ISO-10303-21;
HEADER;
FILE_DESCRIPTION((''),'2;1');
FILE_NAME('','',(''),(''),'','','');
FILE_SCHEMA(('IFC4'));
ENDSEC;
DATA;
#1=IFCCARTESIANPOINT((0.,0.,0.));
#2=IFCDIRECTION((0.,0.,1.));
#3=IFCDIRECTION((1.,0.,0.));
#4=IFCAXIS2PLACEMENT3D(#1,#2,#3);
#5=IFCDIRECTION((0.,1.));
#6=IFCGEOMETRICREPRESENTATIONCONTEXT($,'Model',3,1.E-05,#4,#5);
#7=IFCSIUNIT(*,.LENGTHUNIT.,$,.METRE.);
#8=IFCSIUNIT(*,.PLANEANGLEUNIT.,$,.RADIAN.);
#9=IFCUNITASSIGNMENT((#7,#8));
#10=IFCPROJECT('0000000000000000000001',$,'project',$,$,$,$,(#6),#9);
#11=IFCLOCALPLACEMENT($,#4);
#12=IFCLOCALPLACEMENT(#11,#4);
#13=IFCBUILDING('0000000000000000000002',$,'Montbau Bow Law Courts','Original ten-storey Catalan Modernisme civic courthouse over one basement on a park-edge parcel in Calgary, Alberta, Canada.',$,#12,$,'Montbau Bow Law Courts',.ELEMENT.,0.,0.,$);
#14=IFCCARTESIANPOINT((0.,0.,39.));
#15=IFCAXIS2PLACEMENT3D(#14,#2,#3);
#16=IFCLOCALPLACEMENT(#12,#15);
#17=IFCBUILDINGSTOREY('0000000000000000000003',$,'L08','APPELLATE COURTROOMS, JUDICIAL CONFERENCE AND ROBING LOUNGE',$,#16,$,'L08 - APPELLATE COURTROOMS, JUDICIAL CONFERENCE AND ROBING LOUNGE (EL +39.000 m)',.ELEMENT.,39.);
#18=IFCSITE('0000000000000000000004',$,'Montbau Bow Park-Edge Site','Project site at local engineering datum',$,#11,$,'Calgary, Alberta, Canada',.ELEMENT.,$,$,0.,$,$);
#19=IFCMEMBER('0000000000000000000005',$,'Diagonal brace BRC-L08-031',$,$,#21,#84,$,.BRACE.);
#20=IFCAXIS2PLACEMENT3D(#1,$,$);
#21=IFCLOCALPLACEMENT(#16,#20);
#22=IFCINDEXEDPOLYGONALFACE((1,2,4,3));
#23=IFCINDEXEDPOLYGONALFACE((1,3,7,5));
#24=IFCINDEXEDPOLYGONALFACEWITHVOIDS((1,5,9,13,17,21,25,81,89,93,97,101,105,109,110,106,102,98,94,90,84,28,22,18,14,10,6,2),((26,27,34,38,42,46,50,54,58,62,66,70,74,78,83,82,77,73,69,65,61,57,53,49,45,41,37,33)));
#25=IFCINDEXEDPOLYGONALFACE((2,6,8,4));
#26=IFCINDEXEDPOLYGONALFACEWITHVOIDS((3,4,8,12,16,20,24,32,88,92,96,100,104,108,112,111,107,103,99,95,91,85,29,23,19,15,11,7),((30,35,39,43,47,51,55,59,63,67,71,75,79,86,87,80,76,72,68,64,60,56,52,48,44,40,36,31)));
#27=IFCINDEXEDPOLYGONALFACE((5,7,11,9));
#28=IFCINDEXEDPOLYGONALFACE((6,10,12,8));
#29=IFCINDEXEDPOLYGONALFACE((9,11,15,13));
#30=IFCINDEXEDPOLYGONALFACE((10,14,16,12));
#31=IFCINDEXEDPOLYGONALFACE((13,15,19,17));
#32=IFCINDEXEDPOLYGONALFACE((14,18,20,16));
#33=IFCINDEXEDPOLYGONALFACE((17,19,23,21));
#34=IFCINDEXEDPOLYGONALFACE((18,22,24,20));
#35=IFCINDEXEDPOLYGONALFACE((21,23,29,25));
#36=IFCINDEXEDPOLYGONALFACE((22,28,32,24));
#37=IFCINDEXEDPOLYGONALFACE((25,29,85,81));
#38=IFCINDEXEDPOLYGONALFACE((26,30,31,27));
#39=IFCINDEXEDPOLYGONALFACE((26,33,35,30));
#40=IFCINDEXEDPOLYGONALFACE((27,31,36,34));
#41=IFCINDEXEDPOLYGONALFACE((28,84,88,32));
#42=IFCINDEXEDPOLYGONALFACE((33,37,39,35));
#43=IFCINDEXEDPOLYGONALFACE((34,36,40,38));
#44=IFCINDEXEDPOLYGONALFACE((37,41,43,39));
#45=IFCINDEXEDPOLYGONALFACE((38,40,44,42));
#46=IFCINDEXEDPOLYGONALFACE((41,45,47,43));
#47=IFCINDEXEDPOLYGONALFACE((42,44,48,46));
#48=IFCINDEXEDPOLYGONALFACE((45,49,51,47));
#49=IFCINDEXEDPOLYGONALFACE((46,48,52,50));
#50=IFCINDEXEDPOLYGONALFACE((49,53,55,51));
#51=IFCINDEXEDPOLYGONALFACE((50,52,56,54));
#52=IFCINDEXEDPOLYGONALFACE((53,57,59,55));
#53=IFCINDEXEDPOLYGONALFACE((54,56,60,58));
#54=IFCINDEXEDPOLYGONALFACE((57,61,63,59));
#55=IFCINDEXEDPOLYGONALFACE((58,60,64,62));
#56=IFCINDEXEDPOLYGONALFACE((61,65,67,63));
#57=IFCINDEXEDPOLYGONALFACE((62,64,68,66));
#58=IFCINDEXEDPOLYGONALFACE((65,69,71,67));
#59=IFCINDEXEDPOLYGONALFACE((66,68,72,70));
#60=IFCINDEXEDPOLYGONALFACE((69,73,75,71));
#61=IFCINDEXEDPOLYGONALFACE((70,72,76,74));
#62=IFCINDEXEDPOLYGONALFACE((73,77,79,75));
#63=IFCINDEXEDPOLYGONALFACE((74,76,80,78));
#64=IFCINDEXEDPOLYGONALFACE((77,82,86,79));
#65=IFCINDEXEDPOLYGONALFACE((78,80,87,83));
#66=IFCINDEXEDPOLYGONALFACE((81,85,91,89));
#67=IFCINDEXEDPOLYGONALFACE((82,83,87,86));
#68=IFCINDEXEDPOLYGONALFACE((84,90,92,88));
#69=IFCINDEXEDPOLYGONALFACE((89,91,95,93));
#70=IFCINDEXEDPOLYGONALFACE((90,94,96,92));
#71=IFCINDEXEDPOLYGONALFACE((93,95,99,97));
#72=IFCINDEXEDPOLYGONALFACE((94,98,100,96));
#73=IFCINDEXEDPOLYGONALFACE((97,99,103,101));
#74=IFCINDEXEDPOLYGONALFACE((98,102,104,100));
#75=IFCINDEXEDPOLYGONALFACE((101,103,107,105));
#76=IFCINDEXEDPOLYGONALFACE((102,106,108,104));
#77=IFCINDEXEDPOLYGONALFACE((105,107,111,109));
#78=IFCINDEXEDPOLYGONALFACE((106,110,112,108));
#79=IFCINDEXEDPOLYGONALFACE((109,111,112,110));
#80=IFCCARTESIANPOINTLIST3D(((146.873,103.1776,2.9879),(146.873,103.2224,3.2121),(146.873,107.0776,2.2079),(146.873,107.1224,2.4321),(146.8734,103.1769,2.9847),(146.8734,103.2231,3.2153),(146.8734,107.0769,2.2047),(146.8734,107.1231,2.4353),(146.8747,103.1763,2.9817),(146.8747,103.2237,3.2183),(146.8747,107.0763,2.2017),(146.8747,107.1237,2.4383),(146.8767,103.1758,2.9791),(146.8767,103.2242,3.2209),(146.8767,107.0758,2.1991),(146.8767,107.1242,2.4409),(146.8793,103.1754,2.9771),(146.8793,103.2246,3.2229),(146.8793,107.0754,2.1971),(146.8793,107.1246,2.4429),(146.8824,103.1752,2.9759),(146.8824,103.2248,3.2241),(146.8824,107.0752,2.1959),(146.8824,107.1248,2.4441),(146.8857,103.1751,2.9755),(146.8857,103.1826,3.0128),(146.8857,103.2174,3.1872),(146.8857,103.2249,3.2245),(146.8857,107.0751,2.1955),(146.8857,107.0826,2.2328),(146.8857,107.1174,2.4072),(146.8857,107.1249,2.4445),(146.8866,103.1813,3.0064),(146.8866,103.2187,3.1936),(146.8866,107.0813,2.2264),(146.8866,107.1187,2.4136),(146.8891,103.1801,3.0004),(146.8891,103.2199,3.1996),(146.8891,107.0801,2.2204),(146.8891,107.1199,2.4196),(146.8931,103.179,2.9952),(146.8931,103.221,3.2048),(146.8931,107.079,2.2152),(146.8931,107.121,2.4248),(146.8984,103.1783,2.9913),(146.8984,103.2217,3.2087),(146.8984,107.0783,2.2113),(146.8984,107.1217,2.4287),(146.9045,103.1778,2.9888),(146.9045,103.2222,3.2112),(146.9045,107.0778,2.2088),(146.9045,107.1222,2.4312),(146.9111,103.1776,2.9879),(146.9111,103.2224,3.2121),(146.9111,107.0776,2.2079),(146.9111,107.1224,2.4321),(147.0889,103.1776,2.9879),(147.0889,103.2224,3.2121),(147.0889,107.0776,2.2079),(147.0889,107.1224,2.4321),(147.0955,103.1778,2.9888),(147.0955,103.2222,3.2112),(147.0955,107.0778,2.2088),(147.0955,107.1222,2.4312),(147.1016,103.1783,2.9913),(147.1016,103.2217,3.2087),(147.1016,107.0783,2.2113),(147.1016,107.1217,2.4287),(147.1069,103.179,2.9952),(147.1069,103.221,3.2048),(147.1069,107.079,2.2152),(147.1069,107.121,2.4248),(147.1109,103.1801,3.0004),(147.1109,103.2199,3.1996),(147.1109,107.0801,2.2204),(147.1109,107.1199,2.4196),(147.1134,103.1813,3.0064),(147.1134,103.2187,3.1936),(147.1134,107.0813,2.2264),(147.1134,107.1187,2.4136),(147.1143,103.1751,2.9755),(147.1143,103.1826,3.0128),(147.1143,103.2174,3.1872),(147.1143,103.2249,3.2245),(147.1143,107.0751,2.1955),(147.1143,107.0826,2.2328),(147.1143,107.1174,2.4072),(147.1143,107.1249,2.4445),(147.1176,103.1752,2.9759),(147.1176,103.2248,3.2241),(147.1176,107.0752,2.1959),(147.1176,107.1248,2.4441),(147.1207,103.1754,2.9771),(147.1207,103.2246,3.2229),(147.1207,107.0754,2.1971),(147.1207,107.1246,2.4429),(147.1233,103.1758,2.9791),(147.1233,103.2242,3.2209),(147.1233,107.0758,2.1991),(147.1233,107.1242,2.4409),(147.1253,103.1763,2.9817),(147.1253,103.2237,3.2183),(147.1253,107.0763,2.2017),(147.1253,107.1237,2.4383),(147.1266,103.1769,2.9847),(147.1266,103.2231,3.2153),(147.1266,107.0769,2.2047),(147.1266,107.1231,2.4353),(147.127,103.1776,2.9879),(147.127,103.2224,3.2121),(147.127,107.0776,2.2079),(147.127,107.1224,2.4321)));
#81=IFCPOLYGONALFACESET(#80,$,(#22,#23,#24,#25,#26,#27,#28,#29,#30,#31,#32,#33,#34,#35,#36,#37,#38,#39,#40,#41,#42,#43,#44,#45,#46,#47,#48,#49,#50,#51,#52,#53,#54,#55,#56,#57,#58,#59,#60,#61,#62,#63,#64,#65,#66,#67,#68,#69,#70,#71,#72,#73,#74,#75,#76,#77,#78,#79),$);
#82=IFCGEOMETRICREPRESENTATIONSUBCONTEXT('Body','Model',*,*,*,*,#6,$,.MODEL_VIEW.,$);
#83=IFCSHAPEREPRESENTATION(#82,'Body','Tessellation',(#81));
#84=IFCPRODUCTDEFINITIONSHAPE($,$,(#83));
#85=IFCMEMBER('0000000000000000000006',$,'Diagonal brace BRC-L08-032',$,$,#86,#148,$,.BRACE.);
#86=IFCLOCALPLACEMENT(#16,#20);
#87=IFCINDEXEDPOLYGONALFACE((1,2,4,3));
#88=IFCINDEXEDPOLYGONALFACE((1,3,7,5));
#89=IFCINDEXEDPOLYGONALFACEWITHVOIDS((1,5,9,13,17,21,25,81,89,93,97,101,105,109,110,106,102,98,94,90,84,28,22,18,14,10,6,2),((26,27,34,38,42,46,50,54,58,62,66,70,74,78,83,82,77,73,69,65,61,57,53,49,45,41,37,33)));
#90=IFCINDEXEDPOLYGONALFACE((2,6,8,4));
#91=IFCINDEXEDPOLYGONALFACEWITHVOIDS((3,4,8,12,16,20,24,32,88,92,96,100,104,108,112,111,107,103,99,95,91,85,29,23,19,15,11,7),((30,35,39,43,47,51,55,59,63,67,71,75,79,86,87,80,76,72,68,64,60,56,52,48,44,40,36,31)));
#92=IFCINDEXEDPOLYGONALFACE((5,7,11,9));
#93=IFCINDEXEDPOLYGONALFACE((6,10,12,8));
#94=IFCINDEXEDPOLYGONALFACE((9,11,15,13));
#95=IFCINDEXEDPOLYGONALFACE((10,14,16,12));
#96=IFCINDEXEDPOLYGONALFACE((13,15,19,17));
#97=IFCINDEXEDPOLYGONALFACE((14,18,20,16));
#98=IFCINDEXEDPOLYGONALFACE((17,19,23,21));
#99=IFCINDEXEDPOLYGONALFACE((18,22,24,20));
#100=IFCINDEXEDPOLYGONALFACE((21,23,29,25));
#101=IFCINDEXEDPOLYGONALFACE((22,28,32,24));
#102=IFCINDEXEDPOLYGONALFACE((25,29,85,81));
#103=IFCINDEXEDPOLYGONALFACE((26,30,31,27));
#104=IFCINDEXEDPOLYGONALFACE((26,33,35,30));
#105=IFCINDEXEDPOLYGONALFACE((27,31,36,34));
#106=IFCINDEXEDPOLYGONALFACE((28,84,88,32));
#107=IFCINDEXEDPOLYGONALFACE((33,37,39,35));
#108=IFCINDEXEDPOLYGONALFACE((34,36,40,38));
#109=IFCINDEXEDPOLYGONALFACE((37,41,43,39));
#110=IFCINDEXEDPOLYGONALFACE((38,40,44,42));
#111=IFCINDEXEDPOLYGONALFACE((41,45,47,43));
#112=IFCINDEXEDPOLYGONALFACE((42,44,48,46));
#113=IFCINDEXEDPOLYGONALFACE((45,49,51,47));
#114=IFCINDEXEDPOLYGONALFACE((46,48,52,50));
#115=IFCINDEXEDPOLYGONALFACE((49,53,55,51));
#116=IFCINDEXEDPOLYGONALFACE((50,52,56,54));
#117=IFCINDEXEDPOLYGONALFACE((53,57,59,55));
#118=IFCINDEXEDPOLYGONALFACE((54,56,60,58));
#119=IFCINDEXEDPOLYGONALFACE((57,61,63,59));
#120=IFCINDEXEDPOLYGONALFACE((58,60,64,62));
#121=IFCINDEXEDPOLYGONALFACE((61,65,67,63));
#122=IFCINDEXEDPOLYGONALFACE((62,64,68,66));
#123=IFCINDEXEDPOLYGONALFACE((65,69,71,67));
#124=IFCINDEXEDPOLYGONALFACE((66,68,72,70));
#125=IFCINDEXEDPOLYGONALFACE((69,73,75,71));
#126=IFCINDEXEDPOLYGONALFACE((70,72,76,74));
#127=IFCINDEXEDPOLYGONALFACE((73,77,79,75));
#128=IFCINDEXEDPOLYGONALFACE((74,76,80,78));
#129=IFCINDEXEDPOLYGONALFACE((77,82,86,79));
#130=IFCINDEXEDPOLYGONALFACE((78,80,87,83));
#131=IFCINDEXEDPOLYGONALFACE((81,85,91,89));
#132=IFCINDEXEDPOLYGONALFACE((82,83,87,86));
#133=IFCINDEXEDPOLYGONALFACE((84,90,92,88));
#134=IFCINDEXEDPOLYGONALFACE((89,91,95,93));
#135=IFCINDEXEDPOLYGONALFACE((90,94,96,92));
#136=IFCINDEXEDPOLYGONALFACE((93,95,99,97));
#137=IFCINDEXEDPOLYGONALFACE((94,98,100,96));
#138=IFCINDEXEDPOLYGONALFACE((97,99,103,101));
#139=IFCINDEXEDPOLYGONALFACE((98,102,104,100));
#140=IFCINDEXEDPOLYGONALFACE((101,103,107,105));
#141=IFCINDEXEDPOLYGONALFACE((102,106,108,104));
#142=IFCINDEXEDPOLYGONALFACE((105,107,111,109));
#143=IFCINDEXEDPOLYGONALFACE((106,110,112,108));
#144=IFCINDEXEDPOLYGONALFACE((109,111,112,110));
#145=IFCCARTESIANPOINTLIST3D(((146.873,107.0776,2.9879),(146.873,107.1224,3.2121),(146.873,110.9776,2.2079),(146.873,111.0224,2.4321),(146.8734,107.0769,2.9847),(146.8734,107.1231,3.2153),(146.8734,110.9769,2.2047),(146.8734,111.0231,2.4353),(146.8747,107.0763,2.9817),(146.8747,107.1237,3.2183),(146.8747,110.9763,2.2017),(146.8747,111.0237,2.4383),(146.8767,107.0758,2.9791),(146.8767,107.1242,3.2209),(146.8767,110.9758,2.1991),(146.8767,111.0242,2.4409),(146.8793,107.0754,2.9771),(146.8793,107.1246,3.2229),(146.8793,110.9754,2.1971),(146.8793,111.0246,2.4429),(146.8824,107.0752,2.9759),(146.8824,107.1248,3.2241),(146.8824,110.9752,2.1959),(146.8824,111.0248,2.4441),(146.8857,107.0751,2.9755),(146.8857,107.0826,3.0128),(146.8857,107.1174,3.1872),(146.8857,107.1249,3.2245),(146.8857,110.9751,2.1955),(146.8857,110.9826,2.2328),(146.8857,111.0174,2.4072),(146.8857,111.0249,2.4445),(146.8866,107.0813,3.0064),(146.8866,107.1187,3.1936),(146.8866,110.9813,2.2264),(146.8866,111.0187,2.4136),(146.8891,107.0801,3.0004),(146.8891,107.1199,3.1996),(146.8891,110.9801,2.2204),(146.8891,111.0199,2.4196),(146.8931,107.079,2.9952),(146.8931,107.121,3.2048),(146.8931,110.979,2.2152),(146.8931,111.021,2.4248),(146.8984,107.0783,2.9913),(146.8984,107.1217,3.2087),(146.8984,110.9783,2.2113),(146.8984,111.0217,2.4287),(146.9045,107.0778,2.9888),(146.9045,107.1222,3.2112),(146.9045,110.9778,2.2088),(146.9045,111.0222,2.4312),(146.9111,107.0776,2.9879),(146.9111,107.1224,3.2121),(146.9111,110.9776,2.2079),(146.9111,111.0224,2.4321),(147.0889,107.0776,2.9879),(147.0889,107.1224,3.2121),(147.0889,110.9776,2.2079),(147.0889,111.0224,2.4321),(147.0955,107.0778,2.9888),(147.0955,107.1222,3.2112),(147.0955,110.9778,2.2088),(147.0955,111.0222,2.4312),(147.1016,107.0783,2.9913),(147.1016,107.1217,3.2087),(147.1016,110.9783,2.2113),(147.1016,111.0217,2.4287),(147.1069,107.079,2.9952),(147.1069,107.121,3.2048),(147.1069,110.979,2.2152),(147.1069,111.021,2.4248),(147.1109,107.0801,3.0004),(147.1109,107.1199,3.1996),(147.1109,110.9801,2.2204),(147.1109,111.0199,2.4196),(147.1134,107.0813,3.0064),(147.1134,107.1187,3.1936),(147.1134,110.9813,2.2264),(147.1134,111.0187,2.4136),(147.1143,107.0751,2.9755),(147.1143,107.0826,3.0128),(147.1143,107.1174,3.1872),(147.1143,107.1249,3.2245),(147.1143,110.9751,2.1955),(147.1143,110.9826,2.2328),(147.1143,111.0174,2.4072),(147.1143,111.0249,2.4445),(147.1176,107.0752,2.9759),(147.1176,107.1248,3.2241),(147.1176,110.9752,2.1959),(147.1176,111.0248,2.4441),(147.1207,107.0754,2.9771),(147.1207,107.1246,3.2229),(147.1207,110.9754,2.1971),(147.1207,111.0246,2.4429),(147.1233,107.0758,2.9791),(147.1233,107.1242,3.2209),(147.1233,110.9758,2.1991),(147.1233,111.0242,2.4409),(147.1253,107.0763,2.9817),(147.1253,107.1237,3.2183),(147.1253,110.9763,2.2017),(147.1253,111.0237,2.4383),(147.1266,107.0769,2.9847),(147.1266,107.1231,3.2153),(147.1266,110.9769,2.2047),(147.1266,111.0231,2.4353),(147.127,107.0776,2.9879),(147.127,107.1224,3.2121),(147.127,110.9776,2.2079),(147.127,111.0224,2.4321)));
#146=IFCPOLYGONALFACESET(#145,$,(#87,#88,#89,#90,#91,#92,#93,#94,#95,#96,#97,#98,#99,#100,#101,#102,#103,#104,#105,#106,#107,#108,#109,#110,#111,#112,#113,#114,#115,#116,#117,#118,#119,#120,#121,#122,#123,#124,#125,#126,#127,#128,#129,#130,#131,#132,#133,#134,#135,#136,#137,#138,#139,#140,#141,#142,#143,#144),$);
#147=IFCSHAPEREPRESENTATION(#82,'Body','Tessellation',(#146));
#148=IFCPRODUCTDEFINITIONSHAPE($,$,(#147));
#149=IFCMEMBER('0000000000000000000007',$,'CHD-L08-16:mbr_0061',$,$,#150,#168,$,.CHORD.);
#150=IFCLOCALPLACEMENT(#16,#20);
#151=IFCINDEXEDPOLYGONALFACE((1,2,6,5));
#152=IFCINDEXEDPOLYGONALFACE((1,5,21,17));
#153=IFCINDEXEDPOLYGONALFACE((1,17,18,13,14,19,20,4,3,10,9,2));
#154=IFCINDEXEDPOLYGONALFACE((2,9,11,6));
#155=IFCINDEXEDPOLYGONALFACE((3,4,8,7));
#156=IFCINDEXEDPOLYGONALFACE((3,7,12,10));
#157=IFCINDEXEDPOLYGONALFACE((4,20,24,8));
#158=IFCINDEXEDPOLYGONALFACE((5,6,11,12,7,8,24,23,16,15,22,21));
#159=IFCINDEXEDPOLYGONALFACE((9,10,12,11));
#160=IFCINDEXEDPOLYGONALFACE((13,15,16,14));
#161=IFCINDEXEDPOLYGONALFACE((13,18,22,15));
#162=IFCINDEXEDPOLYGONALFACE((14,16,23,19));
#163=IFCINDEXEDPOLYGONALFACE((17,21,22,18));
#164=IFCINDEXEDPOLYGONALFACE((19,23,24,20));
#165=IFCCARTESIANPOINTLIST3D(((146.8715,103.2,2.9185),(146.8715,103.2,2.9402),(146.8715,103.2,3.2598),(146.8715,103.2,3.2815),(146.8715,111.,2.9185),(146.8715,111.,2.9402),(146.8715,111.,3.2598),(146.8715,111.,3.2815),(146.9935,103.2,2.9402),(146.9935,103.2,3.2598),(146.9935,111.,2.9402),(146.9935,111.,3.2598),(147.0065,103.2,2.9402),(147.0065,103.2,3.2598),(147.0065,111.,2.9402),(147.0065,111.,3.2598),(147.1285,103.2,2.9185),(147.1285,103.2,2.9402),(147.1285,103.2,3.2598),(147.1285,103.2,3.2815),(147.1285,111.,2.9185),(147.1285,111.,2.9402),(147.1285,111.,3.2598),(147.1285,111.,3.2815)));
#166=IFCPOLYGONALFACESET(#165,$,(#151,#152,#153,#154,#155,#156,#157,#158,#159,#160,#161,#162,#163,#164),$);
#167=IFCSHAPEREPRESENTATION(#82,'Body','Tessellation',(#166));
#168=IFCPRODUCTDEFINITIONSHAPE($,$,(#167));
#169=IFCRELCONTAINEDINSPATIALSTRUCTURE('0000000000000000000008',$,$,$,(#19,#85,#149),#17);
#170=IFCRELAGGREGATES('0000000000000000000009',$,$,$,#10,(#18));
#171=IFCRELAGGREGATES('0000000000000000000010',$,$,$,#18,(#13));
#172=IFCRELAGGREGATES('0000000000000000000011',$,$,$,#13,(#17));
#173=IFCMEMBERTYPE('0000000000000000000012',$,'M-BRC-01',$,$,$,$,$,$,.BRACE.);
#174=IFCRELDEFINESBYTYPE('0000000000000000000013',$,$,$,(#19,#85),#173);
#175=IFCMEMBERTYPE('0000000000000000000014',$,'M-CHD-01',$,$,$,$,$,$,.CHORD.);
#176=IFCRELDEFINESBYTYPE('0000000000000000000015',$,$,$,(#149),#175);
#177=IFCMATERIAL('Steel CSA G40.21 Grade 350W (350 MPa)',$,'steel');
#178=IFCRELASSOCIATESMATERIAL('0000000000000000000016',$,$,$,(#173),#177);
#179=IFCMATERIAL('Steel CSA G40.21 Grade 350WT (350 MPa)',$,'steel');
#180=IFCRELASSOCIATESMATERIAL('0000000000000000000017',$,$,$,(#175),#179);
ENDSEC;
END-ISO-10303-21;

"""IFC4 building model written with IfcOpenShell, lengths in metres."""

from ifc_helpers import new_model, si_unit, direction, frame, origin_with_axes, origin_2d_with_axis, place, context, subcontext, project, spatial, hollow_rectangle, i_section, extrude, material, material_profile, profile_set, type_object, element, save


model = new_model("IFC4")

# Units and contexts
model_context = context("Model", 3, precision=1e-05, world=origin_with_axes(), true_north=direction((0.0, 1.0)))
body_context = subcontext(model_context, "Body", "Model", "MODEL_VIEW")
ifc_project = project(units=[si_unit("LENGTHUNIT", "METRE"), si_unit("PLANEANGLEUNIT", "RADIAN")], contexts=[model_context])

# Site, building, storey
site_placement = place(None, origin_with_axes())
site = spatial("IfcSite", under=ifc_project, at=site_placement, Name="Montbau Bow Park-Edge Site", Description="Project site at local engineering datum", LongName="Calgary, Alberta, Canada", CompositionType="ELEMENT", RefElevation=0.0)
building_placement = place(site_placement, origin_with_axes())
building = spatial("IfcBuilding", under=site, at=building_placement, Name="Montbau Bow Law Courts", Description="Original ten-storey Catalan Modernisme civic courthouse over one basement on a park-edge parcel in Calgary, Alberta, Canada.", LongName="Montbau Bow Law Courts", CompositionType="ELEMENT", ElevationOfRefHeight=0.0, ElevationOfTerrain=0.0)
storey_placement = place(building_placement, frame((0.0, 0.0, 39.0), z_axis=(0.0, 0.0, 1.0), x_axis=(1.0, 0.0, 0.0)))
storey = spatial("IfcBuildingStorey", under=building, at=storey_placement, Name="L08", Description="APPELLATE COURTROOMS, JUDICIAL CONFERENCE AND ROBING LOUNGE", LongName="L08 - APPELLATE COURTROOMS, JUDICIAL CONFERENCE AND ROBING LOUNGE (EL +39.000 m)", CompositionType="ELEMENT", Elevation=39.0)

# Shared definitions
ifc_material_1 = material(Name="Steel CSA G40.21 Grade 350W (350 MPa)", Category="steel")

# Shared definitions
ifc_material_2 = material(Name="Steel CSA G40.21 Grade 350WT (350 MPa)", Category="steel")

# Members
ifc_material_profile_1 = material_profile(ifc_material_1, hollow_rectangle(XDim=0.254, YDim=0.254, WallThickness=0.0127, InnerFilletRadius=0.0254, OuterFilletRadius=0.0127, at=origin_2d_with_axis()), Name="HSS254X254X13", Category="Main", Priority=0)
ifc_profile_set_1 = profile_set([ifc_material_profile_1], Name="Steel CSA G40.21 Grade 350W (350 MPa)")
member_type_1 = type_object("IfcMemberType", Name="M-BRC-01", PredefinedType="BRACE", material=ifc_profile_set_1)
for number, where, z_axis, x_axis, name in (
    (1, (147.0, 103.2, 42.1), (0.0, 0.980581, -0.196116), (-1.0, 0.0, 0.0), "Diagonal brace BRC-L08-031"),
    (2, (147.0, 107.1, 42.1), (0.0, 0.980581, -0.196116), (-1.0, 0.0, 0.0), "Diagonal brace BRC-L08-032"),
):
    element("IfcMember", number, at=place(None, frame(where, z_axis=z_axis, x_axis=x_axis)), inside=storey, type_object=member_type_1, Name=name, PredefinedType="BRACE", context=body_context, shape_type="SweptSolid", body=[
        extrude(hollow_rectangle(XDim=0.254, YDim=0.254, WallThickness=0.0127, InnerFilletRadius=0.0254, OuterFilletRadius=0.0127, at=origin_2d_with_axis()), origin_with_axes(), (0.0, 0.0, 1.0), 3.9772),
    ])
ifc_material_profile_2 = material_profile(ifc_material_2, i_section(OverallWidth=0.257, OverallDepth=0.363, WebThickness=0.013, FlangeThickness=0.0217, at=origin_2d_with_axis()), Name="W360X122", Category="Main", Priority=0)
ifc_profile_set_2 = profile_set([ifc_material_profile_2], Name="Steel CSA G40.21 Grade 350WT (350 MPa)")
member_type_2 = type_object("IfcMemberType", Name="M-CHD-01", PredefinedType="CHORD", material=ifc_profile_set_2)
member_1_placement = place(None, frame((147.0, 103.2, 42.1), z_axis=(0.0, 1.0, 0.0), x_axis=(-1.0, 0.0, 0.0)))
element("IfcMember", 3, at=member_1_placement, inside=storey, type_object=member_type_2, Name="CHD-L08-16:mbr_0061", PredefinedType="CHORD", context=body_context, shape_type="SweptSolid", body=[
    extrude(i_section(OverallWidth=0.257, OverallDepth=0.363, WebThickness=0.013, FlangeThickness=0.0217, at=origin_2d_with_axis()), origin_with_axes(), (0.0, 0.0, 1.0), 7.8),
])

save(model, "model.ifc")
